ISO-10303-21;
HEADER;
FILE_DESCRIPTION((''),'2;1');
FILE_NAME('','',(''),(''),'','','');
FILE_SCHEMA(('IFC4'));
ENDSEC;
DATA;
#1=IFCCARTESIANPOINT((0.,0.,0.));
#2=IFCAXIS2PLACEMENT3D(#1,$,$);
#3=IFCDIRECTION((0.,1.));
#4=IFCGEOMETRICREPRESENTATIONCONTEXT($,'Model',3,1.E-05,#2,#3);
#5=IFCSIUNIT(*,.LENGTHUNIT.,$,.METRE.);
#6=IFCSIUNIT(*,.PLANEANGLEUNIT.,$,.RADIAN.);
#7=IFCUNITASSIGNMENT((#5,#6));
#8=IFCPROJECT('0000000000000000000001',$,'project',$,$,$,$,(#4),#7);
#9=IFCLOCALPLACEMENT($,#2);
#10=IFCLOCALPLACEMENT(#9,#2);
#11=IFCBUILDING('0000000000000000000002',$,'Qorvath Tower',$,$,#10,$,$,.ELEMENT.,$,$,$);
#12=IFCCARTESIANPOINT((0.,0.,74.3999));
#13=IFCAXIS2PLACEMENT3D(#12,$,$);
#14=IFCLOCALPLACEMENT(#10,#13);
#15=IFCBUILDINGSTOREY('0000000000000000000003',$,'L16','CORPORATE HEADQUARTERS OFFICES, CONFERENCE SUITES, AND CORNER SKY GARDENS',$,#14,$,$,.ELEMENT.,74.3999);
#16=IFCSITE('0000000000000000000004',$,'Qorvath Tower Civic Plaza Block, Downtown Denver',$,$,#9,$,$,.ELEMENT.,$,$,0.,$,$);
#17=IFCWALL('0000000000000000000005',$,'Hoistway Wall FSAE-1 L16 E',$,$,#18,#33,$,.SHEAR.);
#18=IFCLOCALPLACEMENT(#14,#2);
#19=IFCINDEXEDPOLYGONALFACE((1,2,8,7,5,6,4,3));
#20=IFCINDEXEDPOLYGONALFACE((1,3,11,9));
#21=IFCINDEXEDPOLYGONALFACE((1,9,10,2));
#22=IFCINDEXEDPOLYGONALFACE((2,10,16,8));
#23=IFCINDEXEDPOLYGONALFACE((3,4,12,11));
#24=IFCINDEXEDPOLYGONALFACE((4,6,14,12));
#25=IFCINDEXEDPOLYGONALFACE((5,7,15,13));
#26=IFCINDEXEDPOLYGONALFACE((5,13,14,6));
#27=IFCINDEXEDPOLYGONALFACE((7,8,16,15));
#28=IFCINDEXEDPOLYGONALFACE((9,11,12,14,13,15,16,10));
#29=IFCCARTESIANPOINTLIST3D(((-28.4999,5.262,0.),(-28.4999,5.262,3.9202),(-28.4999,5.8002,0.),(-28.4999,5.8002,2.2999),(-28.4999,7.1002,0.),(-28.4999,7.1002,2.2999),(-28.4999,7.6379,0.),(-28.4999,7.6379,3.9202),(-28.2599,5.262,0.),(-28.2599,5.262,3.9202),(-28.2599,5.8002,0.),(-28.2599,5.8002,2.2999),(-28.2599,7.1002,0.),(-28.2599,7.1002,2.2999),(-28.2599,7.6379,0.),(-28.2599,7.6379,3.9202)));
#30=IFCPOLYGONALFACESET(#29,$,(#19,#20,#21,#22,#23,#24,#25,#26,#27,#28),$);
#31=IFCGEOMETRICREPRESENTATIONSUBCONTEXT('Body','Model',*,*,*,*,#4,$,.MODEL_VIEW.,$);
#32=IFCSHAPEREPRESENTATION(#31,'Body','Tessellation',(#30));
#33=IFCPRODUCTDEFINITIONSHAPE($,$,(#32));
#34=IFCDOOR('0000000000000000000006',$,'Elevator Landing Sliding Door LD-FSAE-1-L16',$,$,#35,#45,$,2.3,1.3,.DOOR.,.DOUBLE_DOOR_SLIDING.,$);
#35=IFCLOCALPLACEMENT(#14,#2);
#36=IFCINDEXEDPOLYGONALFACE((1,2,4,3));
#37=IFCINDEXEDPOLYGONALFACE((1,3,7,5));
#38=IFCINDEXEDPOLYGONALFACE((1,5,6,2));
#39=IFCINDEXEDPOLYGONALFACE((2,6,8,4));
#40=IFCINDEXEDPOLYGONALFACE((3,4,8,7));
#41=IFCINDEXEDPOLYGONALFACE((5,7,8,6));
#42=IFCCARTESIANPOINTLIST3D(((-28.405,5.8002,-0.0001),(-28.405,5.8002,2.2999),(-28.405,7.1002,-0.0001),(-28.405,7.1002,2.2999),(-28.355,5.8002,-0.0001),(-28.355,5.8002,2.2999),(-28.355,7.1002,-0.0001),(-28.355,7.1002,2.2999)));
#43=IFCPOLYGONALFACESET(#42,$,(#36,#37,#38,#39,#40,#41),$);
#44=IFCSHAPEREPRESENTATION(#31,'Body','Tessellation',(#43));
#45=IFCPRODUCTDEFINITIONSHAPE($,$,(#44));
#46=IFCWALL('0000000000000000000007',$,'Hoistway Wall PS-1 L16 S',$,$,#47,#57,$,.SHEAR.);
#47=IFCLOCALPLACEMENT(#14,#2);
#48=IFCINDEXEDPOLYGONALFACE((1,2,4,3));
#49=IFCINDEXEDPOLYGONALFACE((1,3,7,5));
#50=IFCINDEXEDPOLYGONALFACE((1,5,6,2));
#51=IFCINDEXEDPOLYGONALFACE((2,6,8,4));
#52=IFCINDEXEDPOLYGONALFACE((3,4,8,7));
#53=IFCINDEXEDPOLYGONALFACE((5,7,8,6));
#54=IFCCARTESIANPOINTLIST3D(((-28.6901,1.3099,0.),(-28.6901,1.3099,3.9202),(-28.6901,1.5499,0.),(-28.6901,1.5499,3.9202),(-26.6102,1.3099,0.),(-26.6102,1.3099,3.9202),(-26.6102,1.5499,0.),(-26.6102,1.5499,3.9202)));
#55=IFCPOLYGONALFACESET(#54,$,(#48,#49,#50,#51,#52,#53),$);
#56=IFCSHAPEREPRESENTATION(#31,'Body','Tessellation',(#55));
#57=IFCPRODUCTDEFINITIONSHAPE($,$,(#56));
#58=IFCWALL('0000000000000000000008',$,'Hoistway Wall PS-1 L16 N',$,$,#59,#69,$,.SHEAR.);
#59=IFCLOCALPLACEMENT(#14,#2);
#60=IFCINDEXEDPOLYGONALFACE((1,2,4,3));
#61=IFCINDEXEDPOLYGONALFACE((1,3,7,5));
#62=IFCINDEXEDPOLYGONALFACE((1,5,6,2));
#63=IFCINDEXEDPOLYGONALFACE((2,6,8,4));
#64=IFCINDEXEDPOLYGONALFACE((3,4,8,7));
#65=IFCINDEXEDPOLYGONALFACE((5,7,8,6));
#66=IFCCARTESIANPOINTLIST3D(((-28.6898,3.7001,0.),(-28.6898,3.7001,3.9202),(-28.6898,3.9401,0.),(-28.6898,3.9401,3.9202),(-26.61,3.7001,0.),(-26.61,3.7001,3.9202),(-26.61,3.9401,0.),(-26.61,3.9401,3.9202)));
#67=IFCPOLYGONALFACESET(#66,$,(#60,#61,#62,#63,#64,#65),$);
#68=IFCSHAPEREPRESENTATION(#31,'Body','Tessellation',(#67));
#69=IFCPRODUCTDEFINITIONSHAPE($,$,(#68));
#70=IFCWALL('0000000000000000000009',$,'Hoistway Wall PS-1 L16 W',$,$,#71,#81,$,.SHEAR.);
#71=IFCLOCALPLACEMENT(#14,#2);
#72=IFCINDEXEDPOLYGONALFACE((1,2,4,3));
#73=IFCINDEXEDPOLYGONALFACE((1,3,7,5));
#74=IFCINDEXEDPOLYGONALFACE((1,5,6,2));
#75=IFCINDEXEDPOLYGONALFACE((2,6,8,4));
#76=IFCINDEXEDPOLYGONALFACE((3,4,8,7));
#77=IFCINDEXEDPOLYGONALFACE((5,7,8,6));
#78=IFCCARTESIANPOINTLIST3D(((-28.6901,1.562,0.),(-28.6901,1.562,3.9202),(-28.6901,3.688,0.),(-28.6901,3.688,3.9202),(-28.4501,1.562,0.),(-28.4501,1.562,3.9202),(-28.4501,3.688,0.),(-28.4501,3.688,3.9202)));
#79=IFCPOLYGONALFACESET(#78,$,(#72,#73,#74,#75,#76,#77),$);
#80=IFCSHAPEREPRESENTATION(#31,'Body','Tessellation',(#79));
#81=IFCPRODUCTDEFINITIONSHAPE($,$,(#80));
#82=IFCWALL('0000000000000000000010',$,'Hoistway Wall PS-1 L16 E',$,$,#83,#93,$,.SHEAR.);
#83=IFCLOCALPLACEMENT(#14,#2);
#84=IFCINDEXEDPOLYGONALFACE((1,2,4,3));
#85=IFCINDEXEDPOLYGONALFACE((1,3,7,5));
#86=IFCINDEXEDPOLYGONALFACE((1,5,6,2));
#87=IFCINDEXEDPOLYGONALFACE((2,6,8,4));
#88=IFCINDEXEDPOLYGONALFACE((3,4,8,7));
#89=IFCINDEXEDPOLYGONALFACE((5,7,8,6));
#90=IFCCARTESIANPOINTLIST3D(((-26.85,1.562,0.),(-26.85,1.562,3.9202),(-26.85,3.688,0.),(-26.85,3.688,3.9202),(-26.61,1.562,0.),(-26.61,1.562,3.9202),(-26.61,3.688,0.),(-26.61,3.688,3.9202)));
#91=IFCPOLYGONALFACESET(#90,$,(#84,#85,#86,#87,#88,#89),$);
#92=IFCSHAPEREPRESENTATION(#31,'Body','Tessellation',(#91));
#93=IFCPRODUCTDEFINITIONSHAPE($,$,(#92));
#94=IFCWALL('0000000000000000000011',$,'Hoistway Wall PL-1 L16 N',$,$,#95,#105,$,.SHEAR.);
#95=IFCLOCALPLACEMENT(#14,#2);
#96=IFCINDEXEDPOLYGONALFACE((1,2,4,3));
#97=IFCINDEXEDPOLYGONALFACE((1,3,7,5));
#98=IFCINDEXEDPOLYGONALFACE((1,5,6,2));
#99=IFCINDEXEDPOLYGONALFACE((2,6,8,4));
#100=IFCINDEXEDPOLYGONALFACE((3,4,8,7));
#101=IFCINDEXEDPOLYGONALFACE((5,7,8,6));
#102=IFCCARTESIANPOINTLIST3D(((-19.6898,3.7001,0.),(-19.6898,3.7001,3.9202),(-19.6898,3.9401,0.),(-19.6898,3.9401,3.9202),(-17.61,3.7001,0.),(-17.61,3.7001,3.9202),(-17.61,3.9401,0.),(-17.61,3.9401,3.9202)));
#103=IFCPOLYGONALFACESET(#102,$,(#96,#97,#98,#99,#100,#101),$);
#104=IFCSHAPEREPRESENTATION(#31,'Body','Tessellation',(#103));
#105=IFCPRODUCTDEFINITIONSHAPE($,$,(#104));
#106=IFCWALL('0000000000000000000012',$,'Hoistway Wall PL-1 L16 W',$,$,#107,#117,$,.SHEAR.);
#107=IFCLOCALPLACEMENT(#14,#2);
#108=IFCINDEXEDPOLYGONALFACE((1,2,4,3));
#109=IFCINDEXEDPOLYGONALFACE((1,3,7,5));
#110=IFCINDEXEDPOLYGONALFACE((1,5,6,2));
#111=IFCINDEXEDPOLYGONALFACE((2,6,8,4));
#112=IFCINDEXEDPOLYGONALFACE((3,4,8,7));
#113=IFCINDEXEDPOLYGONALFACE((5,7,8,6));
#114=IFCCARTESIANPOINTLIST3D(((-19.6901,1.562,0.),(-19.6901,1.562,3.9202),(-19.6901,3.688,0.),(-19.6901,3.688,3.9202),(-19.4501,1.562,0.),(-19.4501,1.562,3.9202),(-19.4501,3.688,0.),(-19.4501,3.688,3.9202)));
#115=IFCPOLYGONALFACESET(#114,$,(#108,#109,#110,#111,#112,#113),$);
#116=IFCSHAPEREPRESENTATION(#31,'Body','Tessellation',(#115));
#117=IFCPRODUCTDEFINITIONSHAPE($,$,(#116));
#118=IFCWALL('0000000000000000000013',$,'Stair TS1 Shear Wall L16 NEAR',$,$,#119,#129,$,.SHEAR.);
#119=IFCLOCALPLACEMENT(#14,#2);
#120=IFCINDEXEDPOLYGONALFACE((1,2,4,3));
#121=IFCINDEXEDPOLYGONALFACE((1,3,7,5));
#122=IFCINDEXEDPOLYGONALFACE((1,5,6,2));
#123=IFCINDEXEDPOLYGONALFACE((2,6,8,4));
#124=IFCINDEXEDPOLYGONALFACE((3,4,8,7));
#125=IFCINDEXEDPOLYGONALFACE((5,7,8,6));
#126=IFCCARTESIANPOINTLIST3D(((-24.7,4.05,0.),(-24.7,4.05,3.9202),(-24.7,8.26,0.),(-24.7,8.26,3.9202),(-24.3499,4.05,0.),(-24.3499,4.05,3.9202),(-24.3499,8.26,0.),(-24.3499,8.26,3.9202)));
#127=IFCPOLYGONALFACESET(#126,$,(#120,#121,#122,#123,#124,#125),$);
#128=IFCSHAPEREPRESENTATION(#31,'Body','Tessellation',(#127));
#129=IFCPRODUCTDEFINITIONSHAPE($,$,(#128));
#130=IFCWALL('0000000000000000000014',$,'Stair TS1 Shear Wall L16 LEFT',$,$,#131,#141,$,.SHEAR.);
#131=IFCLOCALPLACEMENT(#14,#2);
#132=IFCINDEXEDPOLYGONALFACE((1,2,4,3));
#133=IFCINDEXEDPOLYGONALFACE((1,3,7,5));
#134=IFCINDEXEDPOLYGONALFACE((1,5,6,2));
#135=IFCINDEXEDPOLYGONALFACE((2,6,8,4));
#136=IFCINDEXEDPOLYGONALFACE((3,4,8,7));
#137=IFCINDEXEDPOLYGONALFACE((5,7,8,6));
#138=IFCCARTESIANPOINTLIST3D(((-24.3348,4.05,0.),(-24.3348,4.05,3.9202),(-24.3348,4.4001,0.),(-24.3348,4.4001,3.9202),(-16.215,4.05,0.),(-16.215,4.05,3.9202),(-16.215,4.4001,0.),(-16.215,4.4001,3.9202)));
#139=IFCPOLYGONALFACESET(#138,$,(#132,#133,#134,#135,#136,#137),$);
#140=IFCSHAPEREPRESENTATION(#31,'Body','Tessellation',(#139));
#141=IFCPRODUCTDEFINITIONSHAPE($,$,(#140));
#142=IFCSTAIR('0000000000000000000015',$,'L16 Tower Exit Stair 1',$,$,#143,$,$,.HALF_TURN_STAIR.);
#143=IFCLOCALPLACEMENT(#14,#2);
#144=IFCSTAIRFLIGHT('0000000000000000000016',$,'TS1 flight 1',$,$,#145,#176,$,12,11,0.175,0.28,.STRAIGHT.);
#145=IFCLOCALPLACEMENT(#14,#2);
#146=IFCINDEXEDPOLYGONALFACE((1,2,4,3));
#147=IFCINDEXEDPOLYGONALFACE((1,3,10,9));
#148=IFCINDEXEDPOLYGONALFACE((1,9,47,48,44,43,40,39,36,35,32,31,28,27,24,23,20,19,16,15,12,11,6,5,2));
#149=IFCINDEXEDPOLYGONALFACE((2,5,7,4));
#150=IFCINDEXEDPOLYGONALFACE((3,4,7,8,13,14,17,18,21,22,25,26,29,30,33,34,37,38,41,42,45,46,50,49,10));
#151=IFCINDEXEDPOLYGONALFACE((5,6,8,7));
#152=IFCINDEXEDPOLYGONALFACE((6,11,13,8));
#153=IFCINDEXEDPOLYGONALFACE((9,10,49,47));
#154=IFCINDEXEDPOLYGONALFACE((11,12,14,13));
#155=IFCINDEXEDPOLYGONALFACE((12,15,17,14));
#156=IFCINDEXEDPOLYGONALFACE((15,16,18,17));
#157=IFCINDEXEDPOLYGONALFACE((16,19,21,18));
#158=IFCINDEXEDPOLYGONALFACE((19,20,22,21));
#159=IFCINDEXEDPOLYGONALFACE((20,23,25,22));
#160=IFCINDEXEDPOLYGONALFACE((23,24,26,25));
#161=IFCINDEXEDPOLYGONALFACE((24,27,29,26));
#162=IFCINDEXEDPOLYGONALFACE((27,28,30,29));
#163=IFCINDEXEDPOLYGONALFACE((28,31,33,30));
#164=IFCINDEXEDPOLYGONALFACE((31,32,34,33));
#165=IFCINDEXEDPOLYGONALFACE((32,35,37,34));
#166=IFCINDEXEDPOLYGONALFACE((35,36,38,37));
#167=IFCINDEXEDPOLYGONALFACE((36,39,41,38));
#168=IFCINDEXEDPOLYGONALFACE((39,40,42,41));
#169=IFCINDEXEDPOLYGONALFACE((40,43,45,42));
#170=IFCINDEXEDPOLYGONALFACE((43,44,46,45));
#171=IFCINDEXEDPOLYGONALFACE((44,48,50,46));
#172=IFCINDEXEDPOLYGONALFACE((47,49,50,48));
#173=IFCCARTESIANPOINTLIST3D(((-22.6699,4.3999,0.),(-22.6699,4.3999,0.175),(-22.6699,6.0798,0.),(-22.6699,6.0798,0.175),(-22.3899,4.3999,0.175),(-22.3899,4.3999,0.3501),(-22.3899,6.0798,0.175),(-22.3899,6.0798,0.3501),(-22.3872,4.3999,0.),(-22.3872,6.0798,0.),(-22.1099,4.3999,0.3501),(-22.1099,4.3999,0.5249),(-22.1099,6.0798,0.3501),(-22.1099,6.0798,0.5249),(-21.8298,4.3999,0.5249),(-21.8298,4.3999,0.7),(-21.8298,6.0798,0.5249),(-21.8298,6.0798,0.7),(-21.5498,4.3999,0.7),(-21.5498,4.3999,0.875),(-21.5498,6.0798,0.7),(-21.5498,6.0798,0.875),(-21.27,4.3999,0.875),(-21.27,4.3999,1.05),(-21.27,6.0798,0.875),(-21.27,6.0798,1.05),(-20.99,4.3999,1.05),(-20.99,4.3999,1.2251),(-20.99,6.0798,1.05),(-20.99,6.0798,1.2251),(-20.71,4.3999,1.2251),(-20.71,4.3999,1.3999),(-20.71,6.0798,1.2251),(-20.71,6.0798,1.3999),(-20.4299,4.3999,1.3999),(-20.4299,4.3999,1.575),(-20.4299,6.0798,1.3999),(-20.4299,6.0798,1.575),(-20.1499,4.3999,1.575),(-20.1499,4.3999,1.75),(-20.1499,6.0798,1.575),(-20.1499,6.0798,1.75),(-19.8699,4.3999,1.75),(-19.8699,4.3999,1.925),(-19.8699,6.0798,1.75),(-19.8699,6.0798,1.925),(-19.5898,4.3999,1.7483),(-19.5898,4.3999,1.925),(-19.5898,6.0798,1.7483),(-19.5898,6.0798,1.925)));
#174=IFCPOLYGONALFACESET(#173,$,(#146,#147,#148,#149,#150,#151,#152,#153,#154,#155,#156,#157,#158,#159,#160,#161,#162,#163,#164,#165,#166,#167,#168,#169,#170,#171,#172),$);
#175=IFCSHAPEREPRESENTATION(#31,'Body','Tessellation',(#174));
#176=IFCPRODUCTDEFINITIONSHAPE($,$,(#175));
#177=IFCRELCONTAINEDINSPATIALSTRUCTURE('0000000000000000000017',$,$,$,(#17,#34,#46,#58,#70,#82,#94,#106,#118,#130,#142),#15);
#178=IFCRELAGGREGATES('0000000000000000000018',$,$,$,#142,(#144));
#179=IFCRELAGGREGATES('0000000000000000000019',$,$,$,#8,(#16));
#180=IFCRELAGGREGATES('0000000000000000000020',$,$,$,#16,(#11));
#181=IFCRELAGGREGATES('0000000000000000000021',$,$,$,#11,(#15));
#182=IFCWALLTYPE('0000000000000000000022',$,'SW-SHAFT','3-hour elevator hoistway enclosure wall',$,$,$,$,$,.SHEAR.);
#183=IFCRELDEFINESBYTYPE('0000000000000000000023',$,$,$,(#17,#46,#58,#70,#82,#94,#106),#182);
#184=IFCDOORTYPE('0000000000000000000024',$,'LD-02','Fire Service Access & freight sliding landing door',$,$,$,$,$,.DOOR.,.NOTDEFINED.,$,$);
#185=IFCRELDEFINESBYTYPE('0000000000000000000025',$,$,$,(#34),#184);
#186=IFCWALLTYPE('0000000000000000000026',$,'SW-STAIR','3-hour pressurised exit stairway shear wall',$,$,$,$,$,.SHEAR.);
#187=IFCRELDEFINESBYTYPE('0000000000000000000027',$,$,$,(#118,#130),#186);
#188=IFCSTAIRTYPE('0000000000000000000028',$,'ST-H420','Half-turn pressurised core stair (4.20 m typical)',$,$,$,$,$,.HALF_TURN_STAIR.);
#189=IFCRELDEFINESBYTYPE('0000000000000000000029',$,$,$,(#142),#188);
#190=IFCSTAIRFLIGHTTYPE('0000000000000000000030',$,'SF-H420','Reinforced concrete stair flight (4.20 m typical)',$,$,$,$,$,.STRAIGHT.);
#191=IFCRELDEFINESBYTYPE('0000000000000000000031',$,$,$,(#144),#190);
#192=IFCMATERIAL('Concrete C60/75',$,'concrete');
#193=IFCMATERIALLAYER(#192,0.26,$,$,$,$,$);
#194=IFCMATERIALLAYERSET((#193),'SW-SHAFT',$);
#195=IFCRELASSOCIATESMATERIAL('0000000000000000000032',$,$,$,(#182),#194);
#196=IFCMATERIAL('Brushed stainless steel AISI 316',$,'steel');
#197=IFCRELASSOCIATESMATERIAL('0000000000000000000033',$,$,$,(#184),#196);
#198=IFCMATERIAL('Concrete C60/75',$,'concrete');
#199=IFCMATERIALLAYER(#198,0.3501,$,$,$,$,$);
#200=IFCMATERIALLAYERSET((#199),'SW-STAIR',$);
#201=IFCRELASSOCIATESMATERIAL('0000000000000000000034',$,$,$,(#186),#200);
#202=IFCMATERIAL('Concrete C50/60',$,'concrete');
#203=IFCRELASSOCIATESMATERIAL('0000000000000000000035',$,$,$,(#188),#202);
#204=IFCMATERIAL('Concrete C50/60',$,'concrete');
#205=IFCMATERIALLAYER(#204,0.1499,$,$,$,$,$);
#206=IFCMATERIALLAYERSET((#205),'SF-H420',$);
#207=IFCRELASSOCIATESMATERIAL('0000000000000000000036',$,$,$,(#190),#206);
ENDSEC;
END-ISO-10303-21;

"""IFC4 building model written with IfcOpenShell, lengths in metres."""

from ifc_helpers import new_model, si_unit, direction, frame, frame_2d, origin, place, context, subcontext, project, spatial, polyline, rectangle, outline, extrude, material, layer, layer_set, type_object, element, fill, aggregate, save


model = new_model("IFC4")

# Units and contexts
model_context = context("Model", 3, precision=1e-05, world=origin(), true_north=direction((0.0, 1.0)))
body_context = subcontext(model_context, "Body", "Model", "MODEL_VIEW")
ifc_project = project(units=[si_unit("LENGTHUNIT", "METRE"), si_unit("PLANEANGLEUNIT", "RADIAN")], contexts=[model_context])

# Site, building, storey
site_placement = place(None, origin())
site = spatial("IfcSite", under=ifc_project, at=site_placement, Name="Qorvath Tower Civic Plaza Block, Downtown Denver", CompositionType="ELEMENT", RefElevation=0.0)
building_placement = place(site_placement, origin())
building = spatial("IfcBuilding", under=site, at=building_placement, Name="Qorvath Tower", CompositionType="ELEMENT")
storey_placement = place(building_placement, frame((0.0, 0.0, 74.3999)))
storey = spatial("IfcBuildingStorey", under=building, at=storey_placement, Name="L16", Description="CORPORATE HEADQUARTERS OFFICES, CONFERENCE SUITES, AND CORNER SKY GARDENS", CompositionType="ELEMENT", Elevation=74.3999)

# Shared definitions
ifc_material_1 = material(Name="Concrete C60/75", Category="concrete")
ifc_layer_1 = layer(ifc_material_1, 0.26)
ifc_layer_set_1 = layer_set([ifc_layer_1], Name="SW-SHAFT")
wall_type_1 = type_object("IfcWallType", Name="SW-SHAFT", Description="3-hour elevator hoistway enclosure wall", PredefinedType="SHEAR", material=ifc_layer_set_1)

# Wall, opening, door
wall_1_placement = place(storey_placement, frame((-28.3799, 7.6379, 0.0), z_axis=(0.0, 0.0, 1.0), x_axis=(0.0, -1.0, 0.0)))
wall_1 = element("IfcWall", 1, at=wall_1_placement, inside=storey, type_object=wall_type_1, Name="Hoistway Wall FSAE-1 L16 E", PredefinedType="SHEAR", context=body_context, shape_type="SweptSolid", body=[
    extrude(rectangle(XDim=2.376, YDim=0.24, at=frame_2d((1.188, 0.0))), origin(), (0.0, 0.0, 1.0), 3.9202),
])
opening_1_placement = place(wall_1_placement, frame((0.5378, 0.0, 0.0)))
opening_1 = element("IfcOpeningElement", 2, at=opening_1_placement, cuts=wall_1, PredefinedType="OPENING", context=body_context, shape_type="SweptSolid", body=[
    extrude(rectangle(XDim=1.3, YDim=2.3, at=frame_2d((0.6499, 1.1499))), frame((0.0, 0.1299, 0.0), z_axis=(0.0, -1.0, 0.0), x_axis=(1.0, 0.0, 0.0)), (0.0, 0.0, 1.0), 0.26),
])
ifc_material_2 = material(Name="Brushed stainless steel AISI 316", Category="steel")
door_type_1 = type_object("IfcDoorType", Name="LD-02", Description="Fire Service Access & freight sliding landing door", OperationType="NOTDEFINED", PredefinedType="DOOR", material=ifc_material_2)
door_1_placement = place(opening_1_placement, origin())
door_1 = element("IfcDoor", 3, at=door_1_placement, inside=storey, type_object=door_type_1, Name="Elevator Landing Sliding Door LD-FSAE-1-L16", OperationType="DOUBLE_DOOR_SLIDING", OverallHeight=2.3, OverallWidth=1.3, PredefinedType="DOOR", context=body_context, shape_type="SweptSolid", body=[
    extrude(rectangle(XDim=1.3, YDim=2.3, at=frame_2d((0.6499, 1.1499))), frame((0.0, 0.0249, 0.0), z_axis=(0.0, -1.0, 0.0), x_axis=(1.0, 0.0, 0.0)), (0.0, 0.0, 1.0), 0.05),
])
fill(opening_1, door_1)

# Walls
for number, where, z_axis, x_axis, name in (
    (4, (-26.6101, 1.4299, 0.0), (0.0, 0.0, 1.0), (-1.0, 0.0, 0.0), "Hoistway Wall PS-1 L16 S"),
    (5, (-28.6899, 3.8201, 0.0), (0.0, 0.0, 1.0), (1.0, 0.0, 0.0), "Hoistway Wall PS-1 L16 N"),
):
    element("IfcWall", number, at=place(storey_placement, frame(where, z_axis=z_axis, x_axis=x_axis)), inside=storey, type_object=wall_type_1, Name=name, PredefinedType="SHEAR", context=body_context, shape_type="SweptSolid", body=[
        extrude(rectangle(XDim=2.0798, YDim=0.24, at=frame_2d((1.04, 0.0))), origin(), (0.0, 0.0, 1.0), 3.9202),
    ])
for number, where, z_axis, x_axis, name in (
    (6, (-28.5701, 1.562, 0.0), (0.0, 0.0, 1.0), (0.0, 1.0, 0.0), "Hoistway Wall PS-1 L16 W"),
    (7, (-26.73, 3.688, 0.0), (0.0, 0.0, 1.0), (0.0, -1.0, 0.0), "Hoistway Wall PS-1 L16 E"),
):
    element("IfcWall", number, at=place(storey_placement, frame(where, z_axis=z_axis, x_axis=x_axis)), inside=storey, type_object=wall_type_1, Name=name, PredefinedType="SHEAR", context=body_context, shape_type="SweptSolid", body=[
        extrude(rectangle(XDim=2.126, YDim=0.24, at=frame_2d((1.063, 0.0))), origin(), (0.0, 0.0, 1.0), 3.9202),
    ])
wall_2_placement = place(storey_placement, frame((-19.6899, 3.8201, 0.0), z_axis=(0.0, 0.0, 1.0), x_axis=(1.0, 0.0, 0.0)))
element("IfcWall", 8, at=wall_2_placement, inside=storey, type_object=wall_type_1, Name="Hoistway Wall PL-1 L16 N", PredefinedType="SHEAR", context=body_context, shape_type="SweptSolid", body=[
    extrude(rectangle(XDim=2.0798, YDim=0.24, at=frame_2d((1.04, 0.0))), origin(), (0.0, 0.0, 1.0), 3.9202),
])
wall_3_placement = place(storey_placement, frame((-19.5701, 1.562, 0.0), z_axis=(0.0, 0.0, 1.0), x_axis=(0.0, 1.0, 0.0)))
element("IfcWall", 9, at=wall_3_placement, inside=storey, type_object=wall_type_1, Name="Hoistway Wall PL-1 L16 W", PredefinedType="SHEAR", context=body_context, shape_type="SweptSolid", body=[
    extrude(rectangle(XDim=2.126, YDim=0.24, at=frame_2d((1.063, 0.0))), origin(), (0.0, 0.0, 1.0), 3.9202),
])
ifc_material_3 = material(Name="Concrete C60/75", Category="concrete")
ifc_layer_2 = layer(ifc_material_3, 0.3501)
ifc_layer_set_2 = layer_set([ifc_layer_2], Name="SW-STAIR")
wall_type_2 = type_object("IfcWallType", Name="SW-STAIR", Description="3-hour pressurised exit stairway shear wall", PredefinedType="SHEAR", material=ifc_layer_set_2)
wall_4_placement = place(storey_placement, frame((-24.5249, 8.26, 0.0), z_axis=(0.0, 0.0, 1.0), x_axis=(0.0, -1.0, 0.0)))
element("IfcWall", 10, at=wall_4_placement, inside=storey, type_object=wall_type_2, Name="Stair TS1 Shear Wall L16 NEAR", PredefinedType="SHEAR", context=body_context, shape_type="SweptSolid", body=[
    extrude(rectangle(XDim=4.21, YDim=0.3501, at=frame_2d((2.105, 0.0))), origin(), (0.0, 0.0, 1.0), 3.9202),
])
wall_5_placement = place(storey_placement, frame((-24.335, 4.2251, 0.0), z_axis=(0.0, 0.0, 1.0), x_axis=(1.0, 0.0, 0.0)))
element("IfcWall", 11, at=wall_5_placement, inside=storey, type_object=wall_type_2, Name="Stair TS1 Shear Wall L16 LEFT", PredefinedType="SHEAR", context=body_context, shape_type="SweptSolid", body=[
    extrude(rectangle(XDim=8.1199, YDim=0.3501, at=frame_2d((4.0601, 0.0))), origin(), (0.0, 0.0, 1.0), 3.9202),
])

# Stair, stair flight
ifc_material_4 = material(Name="Concrete C50/60", Category="concrete")
stair_type = type_object("IfcStairType", Name="ST-H420", Description="Half-turn pressurised core stair (4.20 m typical)", PredefinedType="HALF_TURN_STAIR", material=ifc_material_4)
stair_placement = place(storey_placement, origin())
stair = element("IfcStair", 12, at=stair_placement, inside=storey, type_object=stair_type, Name="L16 Tower Exit Stair 1", PredefinedType="HALF_TURN_STAIR")
ifc_material_5 = material(Name="Concrete C50/60", Category="concrete")
ifc_layer_3 = layer(ifc_material_5, 0.1499)
ifc_layer_set_3 = layer_set([ifc_layer_3], Name="SF-H420")
stair_flight_type = type_object("IfcStairFlightType", Name="SF-H420", Description="Reinforced concrete stair flight (4.20 m typical)", PredefinedType="STRAIGHT", material=ifc_layer_set_3)
stair_flight_1_placement = place(storey_placement, frame((-22.6699, 5.24, 0.0), z_axis=(0.0, 0.0, 1.0), x_axis=(1.0, 0.0, 0.0)))
stair_flight_1 = element("IfcStairFlight", 13, at=stair_flight_1_placement, type_object=stair_flight_type, Name="TS1 flight 1", NumberOfRisers=12, NumberOfTreads=11, PredefinedType="STRAIGHT", RiserHeight=0.175, TreadLength=0.28, context=body_context, shape_type="SweptSolid", body=[
    extrude(outline(polyline([(0.0, 0.0), (0.0, 0.175), (0.28, 0.175), (0.28, 0.3501), (0.5601, 0.3501), (0.5601, 0.5249), (0.8401, 0.5249), (0.8401, 0.7), (1.1201, 0.7), (1.1201, 0.875), (1.3999, 0.875), (1.3999, 1.05), (1.6799, 1.05), (1.6799, 1.2251), (1.96, 1.2251), (1.96, 1.3999), (2.24, 1.3999), (2.24, 1.575), (2.52, 1.575), (2.52, 1.75), (2.8, 1.75), (2.8, 1.925), (3.0801, 1.925), (3.0801, 2.1001), (3.0801, 1.7483), (0.2827, 0.0), (0.0, 0.0)])), frame((0.0, 0.8398, 0.0), z_axis=(0.0, -1.0, 0.0), x_axis=(1.0, 0.0, 0.0)), (0.0, 0.0, 1.0), 1.6799),
])
aggregate(stair, [stair_flight_1])

save(model, "model.ifc")
